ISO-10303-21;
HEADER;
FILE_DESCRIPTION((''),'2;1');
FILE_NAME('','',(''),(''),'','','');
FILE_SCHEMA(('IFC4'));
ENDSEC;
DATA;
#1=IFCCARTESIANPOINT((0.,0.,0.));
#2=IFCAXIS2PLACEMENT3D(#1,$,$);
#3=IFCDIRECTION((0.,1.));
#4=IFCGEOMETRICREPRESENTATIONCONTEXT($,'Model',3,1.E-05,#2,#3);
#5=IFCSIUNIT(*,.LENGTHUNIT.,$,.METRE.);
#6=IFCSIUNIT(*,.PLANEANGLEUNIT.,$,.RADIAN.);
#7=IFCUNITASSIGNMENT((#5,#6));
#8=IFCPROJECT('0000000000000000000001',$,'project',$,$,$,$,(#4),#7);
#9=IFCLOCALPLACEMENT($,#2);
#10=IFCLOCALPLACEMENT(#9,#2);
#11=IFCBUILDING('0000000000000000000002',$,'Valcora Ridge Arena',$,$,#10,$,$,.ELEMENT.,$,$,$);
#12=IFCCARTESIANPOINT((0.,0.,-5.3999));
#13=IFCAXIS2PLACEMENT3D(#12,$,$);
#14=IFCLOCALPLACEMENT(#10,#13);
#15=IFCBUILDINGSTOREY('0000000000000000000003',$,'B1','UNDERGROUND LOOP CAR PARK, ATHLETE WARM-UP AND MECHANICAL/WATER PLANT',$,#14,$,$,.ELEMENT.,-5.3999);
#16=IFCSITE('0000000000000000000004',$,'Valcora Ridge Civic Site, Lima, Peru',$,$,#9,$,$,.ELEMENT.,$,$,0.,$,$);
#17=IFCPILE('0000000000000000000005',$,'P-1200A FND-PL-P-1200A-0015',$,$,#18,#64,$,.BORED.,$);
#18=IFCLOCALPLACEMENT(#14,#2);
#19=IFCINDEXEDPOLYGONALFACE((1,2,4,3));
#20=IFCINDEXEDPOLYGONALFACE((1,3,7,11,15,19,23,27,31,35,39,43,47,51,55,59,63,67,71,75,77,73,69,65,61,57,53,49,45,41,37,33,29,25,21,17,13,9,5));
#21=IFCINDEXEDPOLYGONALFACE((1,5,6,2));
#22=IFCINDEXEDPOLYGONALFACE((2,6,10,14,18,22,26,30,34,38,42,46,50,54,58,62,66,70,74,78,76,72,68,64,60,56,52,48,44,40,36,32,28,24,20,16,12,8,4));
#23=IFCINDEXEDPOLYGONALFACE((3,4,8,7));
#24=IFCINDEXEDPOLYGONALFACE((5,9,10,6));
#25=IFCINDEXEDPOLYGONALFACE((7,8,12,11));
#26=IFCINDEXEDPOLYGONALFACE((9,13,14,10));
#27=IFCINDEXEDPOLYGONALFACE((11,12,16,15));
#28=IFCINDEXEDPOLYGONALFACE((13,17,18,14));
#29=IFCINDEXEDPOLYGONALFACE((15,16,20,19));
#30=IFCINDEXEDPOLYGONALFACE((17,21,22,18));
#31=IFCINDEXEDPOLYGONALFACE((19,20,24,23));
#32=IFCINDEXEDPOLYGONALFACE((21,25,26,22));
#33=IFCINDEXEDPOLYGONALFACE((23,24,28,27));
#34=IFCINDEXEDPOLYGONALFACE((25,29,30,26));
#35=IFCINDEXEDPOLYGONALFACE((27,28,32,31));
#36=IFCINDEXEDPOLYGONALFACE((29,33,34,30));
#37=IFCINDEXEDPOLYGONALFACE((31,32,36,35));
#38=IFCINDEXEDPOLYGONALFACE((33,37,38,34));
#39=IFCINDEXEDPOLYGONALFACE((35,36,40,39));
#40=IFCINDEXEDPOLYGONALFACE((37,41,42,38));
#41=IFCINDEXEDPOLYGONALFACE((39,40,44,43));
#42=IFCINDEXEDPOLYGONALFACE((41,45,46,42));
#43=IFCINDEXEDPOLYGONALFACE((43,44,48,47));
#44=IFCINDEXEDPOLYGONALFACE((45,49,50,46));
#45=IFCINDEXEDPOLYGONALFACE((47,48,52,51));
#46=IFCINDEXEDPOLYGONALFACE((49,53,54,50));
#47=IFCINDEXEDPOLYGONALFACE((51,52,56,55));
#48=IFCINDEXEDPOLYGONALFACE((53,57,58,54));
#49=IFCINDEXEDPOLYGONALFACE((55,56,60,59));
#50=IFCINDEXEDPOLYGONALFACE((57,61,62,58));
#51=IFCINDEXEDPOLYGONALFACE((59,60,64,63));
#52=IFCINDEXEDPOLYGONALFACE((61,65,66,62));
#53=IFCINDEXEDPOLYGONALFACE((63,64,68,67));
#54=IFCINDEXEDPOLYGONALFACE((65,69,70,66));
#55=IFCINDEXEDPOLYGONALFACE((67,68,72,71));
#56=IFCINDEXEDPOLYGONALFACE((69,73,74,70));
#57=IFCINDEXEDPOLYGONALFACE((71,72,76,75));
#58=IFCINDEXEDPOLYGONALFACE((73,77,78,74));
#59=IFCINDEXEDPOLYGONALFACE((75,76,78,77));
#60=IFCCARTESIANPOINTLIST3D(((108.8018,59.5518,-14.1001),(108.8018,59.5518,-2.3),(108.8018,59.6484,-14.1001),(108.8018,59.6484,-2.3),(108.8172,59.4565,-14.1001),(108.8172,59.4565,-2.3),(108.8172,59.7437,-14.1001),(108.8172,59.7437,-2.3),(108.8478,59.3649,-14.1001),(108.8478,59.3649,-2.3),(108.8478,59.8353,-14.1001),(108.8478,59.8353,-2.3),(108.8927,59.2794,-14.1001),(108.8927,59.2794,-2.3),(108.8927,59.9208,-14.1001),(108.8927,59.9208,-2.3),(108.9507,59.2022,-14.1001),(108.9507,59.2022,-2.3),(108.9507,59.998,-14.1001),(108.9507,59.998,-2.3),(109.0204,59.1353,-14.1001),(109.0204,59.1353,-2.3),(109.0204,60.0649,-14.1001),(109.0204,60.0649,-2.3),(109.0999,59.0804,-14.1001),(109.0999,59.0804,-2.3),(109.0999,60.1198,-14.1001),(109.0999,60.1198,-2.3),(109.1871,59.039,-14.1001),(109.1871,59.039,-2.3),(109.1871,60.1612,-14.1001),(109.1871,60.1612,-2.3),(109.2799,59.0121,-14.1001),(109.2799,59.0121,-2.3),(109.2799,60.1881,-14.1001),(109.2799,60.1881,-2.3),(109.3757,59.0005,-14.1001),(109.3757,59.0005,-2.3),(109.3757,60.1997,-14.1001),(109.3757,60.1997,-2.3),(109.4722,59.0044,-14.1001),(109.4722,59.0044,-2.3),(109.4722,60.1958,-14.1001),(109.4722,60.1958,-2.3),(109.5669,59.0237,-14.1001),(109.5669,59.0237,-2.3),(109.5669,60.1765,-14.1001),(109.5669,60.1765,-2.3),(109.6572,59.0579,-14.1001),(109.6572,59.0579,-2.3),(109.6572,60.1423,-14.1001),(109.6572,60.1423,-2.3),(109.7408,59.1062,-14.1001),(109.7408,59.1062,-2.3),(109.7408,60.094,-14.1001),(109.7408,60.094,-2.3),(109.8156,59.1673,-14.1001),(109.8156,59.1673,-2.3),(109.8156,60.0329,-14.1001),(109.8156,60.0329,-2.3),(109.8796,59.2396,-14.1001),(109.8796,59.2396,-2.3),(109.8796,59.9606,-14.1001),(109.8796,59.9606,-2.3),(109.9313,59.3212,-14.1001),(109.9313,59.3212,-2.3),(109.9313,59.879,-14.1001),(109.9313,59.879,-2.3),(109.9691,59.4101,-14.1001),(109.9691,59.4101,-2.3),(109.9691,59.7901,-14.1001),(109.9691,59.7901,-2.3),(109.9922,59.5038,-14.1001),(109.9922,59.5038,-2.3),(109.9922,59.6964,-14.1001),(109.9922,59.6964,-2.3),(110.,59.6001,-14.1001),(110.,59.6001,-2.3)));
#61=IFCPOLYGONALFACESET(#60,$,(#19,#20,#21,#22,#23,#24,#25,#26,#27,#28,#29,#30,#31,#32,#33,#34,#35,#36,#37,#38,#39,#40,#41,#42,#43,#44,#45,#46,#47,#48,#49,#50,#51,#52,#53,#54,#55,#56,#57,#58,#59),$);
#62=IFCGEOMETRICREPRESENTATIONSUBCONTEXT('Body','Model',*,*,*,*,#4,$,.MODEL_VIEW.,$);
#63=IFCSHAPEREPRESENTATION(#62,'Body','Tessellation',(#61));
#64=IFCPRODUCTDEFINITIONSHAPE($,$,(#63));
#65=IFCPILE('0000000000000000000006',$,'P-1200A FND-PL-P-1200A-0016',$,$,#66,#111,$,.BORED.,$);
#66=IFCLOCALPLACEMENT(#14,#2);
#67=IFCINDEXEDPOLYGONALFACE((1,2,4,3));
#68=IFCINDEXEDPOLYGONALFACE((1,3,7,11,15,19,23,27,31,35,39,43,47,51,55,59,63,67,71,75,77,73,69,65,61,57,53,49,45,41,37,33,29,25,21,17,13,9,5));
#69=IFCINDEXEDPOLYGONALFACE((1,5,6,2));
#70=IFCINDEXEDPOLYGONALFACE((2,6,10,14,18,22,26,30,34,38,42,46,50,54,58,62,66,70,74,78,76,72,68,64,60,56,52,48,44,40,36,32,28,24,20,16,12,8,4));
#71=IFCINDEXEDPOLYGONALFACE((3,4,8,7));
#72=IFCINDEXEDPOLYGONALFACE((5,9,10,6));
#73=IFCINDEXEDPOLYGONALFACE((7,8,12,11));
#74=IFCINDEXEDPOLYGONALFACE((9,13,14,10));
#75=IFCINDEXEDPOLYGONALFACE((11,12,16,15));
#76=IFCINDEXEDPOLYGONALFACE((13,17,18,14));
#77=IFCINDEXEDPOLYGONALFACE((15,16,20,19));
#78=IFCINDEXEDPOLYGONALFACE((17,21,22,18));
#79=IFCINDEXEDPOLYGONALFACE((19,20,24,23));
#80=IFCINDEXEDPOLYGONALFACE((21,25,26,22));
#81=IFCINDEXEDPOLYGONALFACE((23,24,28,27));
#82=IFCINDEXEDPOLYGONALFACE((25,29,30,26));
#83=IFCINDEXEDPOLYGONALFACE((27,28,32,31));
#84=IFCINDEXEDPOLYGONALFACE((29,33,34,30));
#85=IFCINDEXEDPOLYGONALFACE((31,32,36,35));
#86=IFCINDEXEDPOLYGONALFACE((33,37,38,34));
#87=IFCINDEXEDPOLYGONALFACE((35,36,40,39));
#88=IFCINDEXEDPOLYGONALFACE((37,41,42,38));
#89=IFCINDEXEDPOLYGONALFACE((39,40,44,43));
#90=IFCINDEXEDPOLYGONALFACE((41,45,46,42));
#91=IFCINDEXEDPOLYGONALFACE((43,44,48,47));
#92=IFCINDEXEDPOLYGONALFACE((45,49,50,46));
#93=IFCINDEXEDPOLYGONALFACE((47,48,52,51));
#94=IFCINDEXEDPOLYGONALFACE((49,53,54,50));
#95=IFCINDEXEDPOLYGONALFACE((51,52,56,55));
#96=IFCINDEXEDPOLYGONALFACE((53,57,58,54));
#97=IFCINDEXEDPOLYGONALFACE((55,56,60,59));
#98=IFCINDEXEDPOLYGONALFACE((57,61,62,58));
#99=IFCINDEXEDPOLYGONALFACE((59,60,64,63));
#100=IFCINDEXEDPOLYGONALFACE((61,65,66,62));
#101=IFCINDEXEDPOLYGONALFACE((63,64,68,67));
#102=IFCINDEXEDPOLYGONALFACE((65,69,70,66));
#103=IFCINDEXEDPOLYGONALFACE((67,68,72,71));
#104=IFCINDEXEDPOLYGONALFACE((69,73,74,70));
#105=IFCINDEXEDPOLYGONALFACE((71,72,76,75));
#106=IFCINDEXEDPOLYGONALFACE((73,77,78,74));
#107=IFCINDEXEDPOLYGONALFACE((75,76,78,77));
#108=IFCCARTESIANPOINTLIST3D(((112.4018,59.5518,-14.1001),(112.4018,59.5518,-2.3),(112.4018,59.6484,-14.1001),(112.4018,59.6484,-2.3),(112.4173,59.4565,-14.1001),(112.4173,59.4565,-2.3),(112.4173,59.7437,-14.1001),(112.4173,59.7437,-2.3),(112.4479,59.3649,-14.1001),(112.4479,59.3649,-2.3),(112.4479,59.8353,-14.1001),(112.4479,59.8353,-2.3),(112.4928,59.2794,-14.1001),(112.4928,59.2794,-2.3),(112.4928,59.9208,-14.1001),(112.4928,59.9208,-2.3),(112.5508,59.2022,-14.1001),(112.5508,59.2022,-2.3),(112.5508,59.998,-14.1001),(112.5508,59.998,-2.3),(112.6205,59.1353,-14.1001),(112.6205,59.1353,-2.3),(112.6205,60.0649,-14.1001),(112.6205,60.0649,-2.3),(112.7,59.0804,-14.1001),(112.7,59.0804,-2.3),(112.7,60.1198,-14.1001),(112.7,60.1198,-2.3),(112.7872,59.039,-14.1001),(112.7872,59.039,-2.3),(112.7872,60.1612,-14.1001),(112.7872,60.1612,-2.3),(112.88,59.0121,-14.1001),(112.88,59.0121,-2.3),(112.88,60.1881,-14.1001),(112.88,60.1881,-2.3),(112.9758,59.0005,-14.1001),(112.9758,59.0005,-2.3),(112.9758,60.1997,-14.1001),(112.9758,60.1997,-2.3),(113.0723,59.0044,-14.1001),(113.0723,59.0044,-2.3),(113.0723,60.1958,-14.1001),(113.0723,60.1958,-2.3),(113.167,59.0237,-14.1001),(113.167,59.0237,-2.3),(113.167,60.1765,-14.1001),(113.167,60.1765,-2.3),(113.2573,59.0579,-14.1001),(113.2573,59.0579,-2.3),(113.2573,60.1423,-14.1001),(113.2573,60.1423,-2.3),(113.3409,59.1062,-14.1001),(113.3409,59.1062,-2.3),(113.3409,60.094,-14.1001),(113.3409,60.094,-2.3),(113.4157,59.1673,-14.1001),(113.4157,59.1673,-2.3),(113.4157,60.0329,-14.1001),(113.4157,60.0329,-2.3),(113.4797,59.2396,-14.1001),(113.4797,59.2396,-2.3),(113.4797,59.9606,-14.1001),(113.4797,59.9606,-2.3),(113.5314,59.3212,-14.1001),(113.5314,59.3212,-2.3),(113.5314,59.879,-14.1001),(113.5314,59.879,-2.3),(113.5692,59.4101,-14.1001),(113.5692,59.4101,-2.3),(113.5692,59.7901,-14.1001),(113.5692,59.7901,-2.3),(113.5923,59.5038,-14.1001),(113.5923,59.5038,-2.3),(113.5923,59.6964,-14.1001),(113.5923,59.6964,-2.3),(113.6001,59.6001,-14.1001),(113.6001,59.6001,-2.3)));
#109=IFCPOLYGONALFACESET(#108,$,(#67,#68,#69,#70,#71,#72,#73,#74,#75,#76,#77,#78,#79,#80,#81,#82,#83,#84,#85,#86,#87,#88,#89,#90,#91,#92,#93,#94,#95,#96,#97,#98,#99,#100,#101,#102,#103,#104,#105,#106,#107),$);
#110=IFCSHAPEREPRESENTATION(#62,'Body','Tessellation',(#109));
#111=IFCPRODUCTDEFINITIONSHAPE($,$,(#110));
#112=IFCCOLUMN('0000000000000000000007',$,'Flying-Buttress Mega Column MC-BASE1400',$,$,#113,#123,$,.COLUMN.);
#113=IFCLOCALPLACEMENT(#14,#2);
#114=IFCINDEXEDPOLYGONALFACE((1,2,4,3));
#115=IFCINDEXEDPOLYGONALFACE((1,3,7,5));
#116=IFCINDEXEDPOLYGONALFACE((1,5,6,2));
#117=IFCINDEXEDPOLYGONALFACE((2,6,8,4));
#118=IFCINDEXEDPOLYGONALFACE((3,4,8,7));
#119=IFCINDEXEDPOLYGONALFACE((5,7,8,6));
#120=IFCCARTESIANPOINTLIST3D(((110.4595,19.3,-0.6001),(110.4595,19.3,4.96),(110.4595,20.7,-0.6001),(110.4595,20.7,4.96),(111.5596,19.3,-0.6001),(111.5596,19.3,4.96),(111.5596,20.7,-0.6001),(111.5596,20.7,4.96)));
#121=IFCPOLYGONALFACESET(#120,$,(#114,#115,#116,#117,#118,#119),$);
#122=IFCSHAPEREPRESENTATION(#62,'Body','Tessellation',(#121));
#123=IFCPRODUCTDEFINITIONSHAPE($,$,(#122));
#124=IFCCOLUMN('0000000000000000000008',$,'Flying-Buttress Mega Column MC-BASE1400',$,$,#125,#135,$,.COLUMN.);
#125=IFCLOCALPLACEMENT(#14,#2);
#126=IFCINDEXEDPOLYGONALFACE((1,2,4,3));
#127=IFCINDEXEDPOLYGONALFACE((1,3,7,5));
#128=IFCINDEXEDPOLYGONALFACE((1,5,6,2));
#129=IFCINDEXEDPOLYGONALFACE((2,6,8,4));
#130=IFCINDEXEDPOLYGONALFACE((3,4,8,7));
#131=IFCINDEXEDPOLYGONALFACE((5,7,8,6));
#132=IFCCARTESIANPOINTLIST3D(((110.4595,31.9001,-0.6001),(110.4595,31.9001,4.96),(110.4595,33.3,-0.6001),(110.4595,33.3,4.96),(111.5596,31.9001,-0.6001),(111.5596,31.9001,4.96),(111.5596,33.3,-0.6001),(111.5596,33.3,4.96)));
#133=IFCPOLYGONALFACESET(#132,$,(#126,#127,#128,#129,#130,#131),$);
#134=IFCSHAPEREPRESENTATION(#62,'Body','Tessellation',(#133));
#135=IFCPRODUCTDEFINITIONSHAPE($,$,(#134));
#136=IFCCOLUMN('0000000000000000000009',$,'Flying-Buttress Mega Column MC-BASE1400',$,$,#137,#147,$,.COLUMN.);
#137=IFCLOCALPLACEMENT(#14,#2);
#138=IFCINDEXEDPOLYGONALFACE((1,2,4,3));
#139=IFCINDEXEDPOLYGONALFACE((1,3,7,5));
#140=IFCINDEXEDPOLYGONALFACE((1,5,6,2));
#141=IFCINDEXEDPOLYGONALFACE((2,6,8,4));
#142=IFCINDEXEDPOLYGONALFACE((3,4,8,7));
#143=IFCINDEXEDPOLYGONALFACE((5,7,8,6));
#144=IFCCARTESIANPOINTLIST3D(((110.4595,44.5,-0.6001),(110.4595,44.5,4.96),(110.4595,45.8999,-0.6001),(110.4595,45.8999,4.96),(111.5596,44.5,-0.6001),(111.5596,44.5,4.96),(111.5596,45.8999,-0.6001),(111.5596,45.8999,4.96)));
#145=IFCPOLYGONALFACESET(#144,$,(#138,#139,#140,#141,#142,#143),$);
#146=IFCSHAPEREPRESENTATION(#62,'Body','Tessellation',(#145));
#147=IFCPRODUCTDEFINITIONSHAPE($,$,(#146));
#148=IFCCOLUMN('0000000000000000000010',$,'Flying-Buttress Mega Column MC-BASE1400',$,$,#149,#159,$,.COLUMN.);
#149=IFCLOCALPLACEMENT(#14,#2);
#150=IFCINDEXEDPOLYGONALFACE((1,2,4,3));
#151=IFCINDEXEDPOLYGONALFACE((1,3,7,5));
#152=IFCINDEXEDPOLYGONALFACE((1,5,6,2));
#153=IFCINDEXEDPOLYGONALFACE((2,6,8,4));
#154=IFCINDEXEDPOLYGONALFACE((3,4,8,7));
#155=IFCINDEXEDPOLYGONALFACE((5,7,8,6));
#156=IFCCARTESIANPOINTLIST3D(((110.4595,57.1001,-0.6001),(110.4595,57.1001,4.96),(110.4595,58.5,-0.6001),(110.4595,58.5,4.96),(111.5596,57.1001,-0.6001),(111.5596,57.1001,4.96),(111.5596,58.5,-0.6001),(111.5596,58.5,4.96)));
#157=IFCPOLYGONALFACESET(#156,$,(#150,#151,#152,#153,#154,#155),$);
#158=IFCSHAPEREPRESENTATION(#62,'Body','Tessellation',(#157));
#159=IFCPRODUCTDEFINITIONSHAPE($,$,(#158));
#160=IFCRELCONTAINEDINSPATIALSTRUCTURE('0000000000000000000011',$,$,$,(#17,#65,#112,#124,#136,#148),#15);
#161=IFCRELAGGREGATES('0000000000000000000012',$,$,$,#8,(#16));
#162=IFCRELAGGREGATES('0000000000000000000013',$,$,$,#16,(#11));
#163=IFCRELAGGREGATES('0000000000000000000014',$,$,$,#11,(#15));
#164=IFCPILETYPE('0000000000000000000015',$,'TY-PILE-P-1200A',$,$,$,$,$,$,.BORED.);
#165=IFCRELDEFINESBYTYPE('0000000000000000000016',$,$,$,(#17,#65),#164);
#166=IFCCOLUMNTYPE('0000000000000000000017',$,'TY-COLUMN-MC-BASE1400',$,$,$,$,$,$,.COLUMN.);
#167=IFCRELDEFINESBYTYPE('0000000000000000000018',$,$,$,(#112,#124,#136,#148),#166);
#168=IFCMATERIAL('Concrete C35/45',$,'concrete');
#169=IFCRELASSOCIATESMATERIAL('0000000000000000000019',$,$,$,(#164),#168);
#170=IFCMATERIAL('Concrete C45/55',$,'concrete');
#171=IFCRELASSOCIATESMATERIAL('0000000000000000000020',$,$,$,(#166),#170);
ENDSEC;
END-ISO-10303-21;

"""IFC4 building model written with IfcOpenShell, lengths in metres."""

from ifc_helpers import new_model, si_unit, direction, frame, origin, origin_2d, place, context, subcontext, project, spatial, rectangle, circle, extrude, material, material_profile, profile_set, type_object, element, save


model = new_model("IFC4")

# Units and contexts
model_context = context("Model", 3, precision=1e-05, world=origin(), true_north=direction((0.0, 1.0)))
body_context = subcontext(model_context, "Body", "Model", "MODEL_VIEW")
ifc_project = project(units=[si_unit("LENGTHUNIT", "METRE"), si_unit("PLANEANGLEUNIT", "RADIAN")], contexts=[model_context])

# Site, building, storey
site_placement = place(None, origin())
site = spatial("IfcSite", under=ifc_project, at=site_placement, Name="Valcora Ridge Civic Site, Lima, Peru", CompositionType="ELEMENT", RefElevation=0.0)
building_placement = place(site_placement, origin())
building = spatial("IfcBuilding", under=site, at=building_placement, Name="Valcora Ridge Arena", CompositionType="ELEMENT")
storey_placement = place(building_placement, frame((0.0, 0.0, -5.3999)))
storey = spatial("IfcBuildingStorey", under=building, at=storey_placement, Name="B1", Description="UNDERGROUND LOOP CAR PARK, ATHLETE WARM-UP AND MECHANICAL/WATER PLANT", CompositionType="ELEMENT", Elevation=-5.3999)

# Piles
ifc_material_1 = material(Name="Concrete C35/45", Category="concrete")
ifc_material_profile_1 = material_profile(ifc_material_1, circle(Radius=0.6001, at=origin_2d()), Name="BORED PILE D1200")
ifc_profile_set_1 = profile_set([ifc_material_profile_1], Name="Concrete C35/45")
pile_type = type_object("IfcPileType", Name="TY-PILE-P-1200A", PredefinedType="BORED", material=ifc_profile_set_1)
for number, where, z_axis, x_axis, name in (
    (1, (109.3999, 59.6001, -2.3), (0.0, 0.0, -1.0), (1.0, 0.0, 0.0), "P-1200A FND-PL-P-1200A-0015"),
    (2, (113.0, 59.6001, -2.3), (0.0, 0.0, -1.0), (1.0, 0.0, 0.0), "P-1200A FND-PL-P-1200A-0016"),
):
    element("IfcPile", number, at=place(storey_placement, frame(where, z_axis=z_axis, x_axis=x_axis)), inside=storey, type_object=pile_type, Name=name, PredefinedType="BORED", context=body_context, shape_type="SweptSolid", body=[
        extrude(circle(Radius=0.6001, at=origin_2d()), origin(), (0.0, 0.0, 1.0), 11.8),
    ])

# Columns
ifc_material_2 = material(Name="Concrete C45/55", Category="concrete")
ifc_material_profile_2 = material_profile(ifc_material_2, rectangle(XDim=1.1001, YDim=1.3999, at=origin_2d()), Name="RC 1100x1400")
ifc_profile_set_2 = profile_set([ifc_material_profile_2], Name="Concrete C45/55")
column_type = type_object("IfcColumnType", Name="TY-COLUMN-MC-BASE1400", PredefinedType="COLUMN", material=ifc_profile_set_2)
for number, where, z_axis, x_axis, name in (
    (3, (111.0095, 20.0, -0.6001), (0.0, 0.0, 1.0), (1.0, 0.0, 0.0), "Flying-Buttress Mega Column MC-BASE1400"),
    (4, (111.0095, 32.6001, -0.6001), (0.0, 0.0, 1.0), (1.0, 0.0, 0.0), "Flying-Buttress Mega Column MC-BASE1400"),
    (5, (111.0095, 45.2, -0.6001), (0.0, 0.0, 1.0), (1.0, 0.0, 0.0), "Flying-Buttress Mega Column MC-BASE1400"),
    (6, (111.0095, 57.8, -0.6001), (0.0, 0.0, 1.0), (1.0, 0.0, 0.0), "Flying-Buttress Mega Column MC-BASE1400"),
):
    element("IfcColumn", number, at=place(storey_placement, frame(where, z_axis=z_axis, x_axis=x_axis)), inside=storey, type_object=column_type, Name=name, PredefinedType="COLUMN", context=body_context, shape_type="SweptSolid", body=[
        extrude(rectangle(XDim=1.1001, YDim=1.3999, at=origin_2d()), origin(), (0.0, 0.0, 1.0), 5.5601),
    ])

save(model, "model.ifc")
